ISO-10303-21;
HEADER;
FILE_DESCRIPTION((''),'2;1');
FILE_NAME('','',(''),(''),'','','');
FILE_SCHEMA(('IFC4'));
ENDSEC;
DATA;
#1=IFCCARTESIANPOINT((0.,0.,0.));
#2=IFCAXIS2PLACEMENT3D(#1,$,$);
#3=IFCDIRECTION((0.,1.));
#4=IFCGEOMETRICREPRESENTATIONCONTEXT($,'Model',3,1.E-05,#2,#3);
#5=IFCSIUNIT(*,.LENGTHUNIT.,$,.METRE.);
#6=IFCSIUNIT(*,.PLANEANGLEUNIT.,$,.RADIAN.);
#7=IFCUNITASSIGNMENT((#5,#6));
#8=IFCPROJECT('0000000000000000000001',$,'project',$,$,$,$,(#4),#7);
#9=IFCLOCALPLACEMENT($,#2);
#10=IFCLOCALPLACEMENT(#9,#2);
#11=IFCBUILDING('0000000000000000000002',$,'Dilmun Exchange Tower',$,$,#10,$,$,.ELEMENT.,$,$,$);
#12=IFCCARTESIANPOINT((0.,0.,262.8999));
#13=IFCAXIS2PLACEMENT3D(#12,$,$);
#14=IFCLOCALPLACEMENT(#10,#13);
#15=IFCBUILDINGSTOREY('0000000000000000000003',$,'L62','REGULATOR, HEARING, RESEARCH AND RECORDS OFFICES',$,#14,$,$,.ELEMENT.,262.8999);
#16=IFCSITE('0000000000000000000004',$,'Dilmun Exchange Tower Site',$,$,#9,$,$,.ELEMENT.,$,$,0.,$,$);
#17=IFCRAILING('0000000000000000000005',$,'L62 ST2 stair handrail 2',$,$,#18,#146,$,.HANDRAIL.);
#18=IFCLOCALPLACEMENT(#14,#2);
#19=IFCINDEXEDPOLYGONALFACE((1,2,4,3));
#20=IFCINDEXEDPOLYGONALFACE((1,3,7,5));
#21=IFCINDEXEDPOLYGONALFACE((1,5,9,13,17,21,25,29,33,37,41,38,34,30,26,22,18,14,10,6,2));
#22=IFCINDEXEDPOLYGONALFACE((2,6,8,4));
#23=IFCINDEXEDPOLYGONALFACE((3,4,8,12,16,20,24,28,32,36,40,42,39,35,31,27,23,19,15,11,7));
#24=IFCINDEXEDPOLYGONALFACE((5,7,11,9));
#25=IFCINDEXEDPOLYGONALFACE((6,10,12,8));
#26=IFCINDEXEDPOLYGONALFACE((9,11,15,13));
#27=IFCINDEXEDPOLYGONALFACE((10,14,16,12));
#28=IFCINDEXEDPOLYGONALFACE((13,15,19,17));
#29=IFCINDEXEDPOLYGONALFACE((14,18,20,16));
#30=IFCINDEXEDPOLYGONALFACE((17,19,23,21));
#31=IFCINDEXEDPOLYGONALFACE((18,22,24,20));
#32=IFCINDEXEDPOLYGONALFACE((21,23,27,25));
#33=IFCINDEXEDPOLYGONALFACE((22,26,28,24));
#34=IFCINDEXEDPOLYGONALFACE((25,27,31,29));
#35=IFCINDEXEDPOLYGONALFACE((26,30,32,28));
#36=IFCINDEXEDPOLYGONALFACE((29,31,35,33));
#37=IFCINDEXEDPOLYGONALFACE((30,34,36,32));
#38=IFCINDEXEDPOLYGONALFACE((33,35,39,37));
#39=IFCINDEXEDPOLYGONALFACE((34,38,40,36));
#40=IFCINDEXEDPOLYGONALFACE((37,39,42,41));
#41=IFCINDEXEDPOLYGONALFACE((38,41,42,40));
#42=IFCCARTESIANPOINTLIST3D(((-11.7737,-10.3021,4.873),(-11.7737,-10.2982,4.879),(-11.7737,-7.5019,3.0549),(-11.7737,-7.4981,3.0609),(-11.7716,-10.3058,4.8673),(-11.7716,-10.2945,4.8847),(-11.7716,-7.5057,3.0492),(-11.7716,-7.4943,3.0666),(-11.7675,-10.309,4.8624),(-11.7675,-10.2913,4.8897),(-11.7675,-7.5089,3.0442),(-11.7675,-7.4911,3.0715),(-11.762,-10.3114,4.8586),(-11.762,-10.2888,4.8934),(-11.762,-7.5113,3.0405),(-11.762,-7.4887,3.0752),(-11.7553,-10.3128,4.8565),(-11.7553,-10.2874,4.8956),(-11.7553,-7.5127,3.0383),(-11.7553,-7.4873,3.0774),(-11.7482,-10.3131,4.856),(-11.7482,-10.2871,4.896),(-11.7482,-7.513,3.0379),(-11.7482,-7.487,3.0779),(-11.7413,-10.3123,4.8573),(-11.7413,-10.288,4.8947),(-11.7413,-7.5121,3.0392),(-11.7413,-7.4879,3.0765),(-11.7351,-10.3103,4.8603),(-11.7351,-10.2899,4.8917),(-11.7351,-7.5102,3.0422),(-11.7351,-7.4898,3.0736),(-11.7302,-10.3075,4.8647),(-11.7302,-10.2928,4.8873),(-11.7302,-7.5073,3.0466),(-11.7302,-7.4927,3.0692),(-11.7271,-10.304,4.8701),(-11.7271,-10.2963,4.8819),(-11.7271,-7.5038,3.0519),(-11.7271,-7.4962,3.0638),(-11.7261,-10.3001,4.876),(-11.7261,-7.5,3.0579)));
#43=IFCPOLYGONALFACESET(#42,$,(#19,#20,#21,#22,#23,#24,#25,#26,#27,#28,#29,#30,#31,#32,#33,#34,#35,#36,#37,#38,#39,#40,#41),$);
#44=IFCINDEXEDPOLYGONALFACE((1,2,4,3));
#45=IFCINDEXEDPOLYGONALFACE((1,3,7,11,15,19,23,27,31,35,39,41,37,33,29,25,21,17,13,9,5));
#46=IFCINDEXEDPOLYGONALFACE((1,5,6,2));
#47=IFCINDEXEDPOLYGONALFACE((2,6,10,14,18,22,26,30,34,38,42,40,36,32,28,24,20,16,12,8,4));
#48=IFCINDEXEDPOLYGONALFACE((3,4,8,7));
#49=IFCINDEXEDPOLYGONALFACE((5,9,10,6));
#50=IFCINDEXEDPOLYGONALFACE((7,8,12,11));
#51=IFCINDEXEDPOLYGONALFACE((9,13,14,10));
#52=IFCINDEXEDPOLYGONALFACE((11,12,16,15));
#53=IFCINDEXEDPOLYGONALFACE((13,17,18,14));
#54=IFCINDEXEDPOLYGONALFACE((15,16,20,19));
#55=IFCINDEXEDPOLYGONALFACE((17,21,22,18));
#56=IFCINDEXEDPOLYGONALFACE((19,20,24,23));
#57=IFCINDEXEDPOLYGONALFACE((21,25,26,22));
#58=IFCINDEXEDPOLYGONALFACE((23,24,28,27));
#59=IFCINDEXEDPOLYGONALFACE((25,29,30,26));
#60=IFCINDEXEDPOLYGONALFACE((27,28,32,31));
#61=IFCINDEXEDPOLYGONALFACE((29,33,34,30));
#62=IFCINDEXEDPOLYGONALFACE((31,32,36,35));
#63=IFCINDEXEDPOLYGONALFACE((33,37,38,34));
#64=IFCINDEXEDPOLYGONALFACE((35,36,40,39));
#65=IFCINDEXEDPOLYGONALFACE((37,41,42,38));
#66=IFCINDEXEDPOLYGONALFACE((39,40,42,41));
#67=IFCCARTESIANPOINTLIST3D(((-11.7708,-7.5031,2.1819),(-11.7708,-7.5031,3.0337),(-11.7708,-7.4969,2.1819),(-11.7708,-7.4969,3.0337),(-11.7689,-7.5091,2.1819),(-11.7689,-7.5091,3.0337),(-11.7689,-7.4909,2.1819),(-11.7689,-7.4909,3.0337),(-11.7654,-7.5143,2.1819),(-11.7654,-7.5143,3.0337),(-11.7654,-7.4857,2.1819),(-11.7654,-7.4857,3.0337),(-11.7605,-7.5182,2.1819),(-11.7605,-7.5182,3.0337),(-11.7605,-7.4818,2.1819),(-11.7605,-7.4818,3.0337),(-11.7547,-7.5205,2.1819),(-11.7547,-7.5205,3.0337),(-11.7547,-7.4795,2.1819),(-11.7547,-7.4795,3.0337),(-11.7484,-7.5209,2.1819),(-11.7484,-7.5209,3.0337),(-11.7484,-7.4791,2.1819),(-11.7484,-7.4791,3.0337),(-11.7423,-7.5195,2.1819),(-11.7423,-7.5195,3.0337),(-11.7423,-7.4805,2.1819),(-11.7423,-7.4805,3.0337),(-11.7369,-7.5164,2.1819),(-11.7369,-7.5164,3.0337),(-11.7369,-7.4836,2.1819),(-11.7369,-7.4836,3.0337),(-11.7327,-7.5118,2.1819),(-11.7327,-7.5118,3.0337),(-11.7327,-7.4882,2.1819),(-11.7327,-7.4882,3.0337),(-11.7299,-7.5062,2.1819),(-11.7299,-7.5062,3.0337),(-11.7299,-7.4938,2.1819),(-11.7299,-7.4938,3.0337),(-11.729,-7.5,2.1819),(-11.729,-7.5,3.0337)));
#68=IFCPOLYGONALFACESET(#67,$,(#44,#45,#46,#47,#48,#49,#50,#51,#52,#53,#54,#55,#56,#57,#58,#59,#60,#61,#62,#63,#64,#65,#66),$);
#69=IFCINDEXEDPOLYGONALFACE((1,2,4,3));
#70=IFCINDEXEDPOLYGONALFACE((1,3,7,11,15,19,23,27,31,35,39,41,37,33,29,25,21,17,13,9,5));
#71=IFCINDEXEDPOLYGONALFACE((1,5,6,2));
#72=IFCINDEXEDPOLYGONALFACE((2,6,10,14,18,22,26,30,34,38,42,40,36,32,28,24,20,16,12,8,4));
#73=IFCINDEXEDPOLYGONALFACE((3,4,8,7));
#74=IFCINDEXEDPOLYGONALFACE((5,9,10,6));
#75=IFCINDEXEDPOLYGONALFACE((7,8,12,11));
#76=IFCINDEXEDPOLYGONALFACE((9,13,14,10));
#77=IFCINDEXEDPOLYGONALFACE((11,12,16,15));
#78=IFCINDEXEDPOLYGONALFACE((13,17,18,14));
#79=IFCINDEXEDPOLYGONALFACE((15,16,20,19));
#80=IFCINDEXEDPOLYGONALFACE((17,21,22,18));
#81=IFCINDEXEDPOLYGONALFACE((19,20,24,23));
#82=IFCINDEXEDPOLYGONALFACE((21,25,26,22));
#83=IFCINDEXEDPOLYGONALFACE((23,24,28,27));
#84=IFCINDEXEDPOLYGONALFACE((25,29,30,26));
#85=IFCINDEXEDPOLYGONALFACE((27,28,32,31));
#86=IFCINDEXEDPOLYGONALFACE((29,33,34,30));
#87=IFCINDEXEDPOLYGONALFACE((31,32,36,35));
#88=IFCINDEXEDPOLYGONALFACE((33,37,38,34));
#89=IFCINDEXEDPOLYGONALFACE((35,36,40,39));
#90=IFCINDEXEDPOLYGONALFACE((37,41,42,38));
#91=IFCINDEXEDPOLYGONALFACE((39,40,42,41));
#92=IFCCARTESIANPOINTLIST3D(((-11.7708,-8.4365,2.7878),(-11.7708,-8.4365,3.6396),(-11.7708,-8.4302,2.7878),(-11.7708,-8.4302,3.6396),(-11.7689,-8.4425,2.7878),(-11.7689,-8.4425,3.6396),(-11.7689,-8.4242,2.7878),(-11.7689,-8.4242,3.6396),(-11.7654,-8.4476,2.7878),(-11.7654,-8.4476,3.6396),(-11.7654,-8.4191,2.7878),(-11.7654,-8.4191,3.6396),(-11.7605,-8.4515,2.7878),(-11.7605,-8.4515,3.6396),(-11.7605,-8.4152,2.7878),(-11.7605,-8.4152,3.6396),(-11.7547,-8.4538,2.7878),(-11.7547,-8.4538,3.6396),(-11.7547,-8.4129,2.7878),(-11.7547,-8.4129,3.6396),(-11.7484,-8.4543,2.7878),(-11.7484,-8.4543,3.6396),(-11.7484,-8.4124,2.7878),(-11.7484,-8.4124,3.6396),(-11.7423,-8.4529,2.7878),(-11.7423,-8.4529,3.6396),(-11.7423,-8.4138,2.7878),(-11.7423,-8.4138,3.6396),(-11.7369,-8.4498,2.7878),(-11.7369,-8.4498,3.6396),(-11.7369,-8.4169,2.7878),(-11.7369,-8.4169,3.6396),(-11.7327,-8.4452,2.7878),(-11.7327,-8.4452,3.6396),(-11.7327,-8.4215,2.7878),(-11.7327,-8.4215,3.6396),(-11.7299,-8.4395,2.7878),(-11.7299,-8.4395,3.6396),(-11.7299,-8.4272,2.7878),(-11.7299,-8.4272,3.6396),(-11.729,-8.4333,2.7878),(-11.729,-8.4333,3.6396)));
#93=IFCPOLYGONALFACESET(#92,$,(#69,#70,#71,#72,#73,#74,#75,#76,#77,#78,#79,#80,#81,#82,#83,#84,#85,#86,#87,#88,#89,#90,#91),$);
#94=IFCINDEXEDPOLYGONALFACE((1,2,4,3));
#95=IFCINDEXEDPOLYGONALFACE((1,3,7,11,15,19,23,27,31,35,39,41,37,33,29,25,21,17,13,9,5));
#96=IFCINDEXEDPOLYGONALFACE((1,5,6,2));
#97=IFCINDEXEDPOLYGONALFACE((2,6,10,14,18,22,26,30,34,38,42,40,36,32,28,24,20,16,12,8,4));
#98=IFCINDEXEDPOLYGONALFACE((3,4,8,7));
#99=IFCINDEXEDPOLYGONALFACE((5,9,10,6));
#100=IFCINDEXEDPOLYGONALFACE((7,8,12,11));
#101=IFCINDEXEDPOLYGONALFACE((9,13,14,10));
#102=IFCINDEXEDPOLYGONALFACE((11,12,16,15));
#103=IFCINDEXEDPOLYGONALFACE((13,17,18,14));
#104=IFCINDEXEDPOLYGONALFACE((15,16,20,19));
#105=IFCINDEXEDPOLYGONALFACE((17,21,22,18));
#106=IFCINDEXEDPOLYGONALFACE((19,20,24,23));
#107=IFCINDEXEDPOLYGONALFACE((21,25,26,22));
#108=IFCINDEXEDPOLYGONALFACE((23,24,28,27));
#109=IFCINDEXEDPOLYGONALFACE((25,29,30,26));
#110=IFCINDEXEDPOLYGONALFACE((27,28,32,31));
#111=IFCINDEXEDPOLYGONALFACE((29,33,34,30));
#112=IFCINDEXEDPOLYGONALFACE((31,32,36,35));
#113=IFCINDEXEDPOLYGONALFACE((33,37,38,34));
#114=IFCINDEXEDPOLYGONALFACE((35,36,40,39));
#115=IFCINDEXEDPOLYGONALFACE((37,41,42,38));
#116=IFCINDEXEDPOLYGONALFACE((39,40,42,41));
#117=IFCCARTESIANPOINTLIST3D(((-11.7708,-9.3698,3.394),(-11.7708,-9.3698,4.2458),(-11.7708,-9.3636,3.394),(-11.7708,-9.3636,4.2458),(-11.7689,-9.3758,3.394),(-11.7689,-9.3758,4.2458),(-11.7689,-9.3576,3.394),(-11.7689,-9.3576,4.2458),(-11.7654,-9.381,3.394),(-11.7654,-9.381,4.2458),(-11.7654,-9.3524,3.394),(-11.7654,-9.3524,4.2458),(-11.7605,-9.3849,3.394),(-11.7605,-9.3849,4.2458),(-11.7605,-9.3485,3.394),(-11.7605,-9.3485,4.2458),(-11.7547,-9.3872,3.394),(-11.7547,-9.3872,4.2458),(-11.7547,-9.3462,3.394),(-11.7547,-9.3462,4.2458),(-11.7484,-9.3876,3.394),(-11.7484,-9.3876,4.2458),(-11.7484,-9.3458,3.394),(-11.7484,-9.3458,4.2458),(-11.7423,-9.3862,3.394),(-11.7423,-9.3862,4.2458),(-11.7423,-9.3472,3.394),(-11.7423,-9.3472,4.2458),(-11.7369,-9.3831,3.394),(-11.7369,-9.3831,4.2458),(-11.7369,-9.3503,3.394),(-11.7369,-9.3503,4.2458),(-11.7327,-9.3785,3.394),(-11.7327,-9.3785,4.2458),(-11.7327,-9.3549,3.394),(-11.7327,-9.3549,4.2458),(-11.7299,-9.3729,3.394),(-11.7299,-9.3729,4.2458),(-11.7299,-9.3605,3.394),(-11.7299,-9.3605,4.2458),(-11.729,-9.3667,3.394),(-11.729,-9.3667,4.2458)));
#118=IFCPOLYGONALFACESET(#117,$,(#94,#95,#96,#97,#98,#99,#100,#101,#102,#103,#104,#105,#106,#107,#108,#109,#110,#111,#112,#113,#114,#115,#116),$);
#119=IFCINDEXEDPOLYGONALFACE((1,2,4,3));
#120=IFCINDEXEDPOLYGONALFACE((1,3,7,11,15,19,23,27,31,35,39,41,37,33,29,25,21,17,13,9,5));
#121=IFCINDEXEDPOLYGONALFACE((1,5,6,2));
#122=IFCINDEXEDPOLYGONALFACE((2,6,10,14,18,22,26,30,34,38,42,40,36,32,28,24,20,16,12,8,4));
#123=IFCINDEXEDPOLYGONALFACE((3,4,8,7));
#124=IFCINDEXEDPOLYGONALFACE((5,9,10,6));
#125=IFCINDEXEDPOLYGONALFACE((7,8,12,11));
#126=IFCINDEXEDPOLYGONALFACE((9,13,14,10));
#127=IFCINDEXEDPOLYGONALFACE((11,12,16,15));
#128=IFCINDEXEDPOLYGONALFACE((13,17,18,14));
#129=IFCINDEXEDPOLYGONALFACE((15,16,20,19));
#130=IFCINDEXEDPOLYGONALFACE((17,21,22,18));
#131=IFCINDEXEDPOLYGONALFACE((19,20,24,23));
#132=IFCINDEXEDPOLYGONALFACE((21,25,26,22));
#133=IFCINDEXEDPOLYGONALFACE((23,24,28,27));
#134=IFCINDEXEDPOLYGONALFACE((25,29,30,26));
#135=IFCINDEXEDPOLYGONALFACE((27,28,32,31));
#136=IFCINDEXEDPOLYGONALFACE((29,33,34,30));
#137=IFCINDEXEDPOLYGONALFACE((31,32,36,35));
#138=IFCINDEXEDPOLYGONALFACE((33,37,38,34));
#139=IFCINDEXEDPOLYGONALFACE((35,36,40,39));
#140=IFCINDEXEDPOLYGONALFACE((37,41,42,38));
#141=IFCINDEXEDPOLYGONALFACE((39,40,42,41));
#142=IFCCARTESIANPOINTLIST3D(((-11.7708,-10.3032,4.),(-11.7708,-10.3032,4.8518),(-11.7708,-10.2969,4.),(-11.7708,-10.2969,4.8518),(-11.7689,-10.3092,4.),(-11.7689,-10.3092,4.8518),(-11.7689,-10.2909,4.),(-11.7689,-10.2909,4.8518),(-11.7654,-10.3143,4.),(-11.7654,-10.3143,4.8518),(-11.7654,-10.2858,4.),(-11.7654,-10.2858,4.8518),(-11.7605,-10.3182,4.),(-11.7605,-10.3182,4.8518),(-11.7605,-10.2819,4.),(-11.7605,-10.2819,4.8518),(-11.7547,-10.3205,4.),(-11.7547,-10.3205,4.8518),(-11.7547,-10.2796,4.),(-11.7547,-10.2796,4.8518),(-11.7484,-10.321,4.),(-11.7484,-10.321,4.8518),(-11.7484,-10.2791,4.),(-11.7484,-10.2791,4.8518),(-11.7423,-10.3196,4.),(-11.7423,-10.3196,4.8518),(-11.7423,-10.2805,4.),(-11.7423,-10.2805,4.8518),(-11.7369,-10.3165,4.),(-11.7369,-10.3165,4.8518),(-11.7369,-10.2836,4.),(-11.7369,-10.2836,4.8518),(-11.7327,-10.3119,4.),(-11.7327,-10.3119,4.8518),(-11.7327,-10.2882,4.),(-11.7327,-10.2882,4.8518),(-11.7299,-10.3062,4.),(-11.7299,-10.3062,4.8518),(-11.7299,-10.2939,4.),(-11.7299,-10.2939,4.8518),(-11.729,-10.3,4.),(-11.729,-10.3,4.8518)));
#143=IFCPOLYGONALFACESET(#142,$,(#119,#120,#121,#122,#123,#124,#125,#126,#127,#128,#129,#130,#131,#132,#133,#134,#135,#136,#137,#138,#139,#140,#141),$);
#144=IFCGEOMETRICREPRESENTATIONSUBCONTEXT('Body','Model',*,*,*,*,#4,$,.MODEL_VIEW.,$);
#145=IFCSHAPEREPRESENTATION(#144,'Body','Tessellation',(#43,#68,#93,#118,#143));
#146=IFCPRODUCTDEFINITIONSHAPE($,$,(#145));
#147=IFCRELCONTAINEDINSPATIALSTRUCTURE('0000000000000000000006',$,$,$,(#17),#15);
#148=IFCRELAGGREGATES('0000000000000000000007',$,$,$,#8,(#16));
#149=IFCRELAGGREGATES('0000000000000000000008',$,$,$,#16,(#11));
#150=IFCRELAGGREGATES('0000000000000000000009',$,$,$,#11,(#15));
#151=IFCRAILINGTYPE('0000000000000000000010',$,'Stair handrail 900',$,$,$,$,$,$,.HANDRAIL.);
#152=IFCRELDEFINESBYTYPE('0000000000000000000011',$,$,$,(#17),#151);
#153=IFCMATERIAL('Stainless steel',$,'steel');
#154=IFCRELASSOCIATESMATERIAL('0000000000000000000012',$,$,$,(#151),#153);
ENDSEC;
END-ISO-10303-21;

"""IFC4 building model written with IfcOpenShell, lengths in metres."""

from ifc_helpers import new_model, si_unit, direction, frame, origin, origin_2d, place, context, subcontext, project, spatial, circle, extrude, material, type_object, element, save


model = new_model("IFC4")

# Units and contexts
model_context = context("Model", 3, precision=1e-05, world=origin(), true_north=direction((0.0, 1.0)))
body_context = subcontext(model_context, "Body", "Model", "MODEL_VIEW")
ifc_project = project(units=[si_unit("LENGTHUNIT", "METRE"), si_unit("PLANEANGLEUNIT", "RADIAN")], contexts=[model_context])

# Site, building, storey
site_placement = place(None, origin())
site = spatial("IfcSite", under=ifc_project, at=site_placement, Name="Dilmun Exchange Tower Site", CompositionType="ELEMENT", RefElevation=0.0)
building_placement = place(site_placement, origin())
building = spatial("IfcBuilding", under=site, at=building_placement, Name="Dilmun Exchange Tower", CompositionType="ELEMENT")
storey_placement = place(building_placement, frame((0.0, 0.0, 262.8999)))
storey = spatial("IfcBuildingStorey", under=building, at=storey_placement, Name="L62", Description="REGULATOR, HEARING, RESEARCH AND RECORDS OFFICES", CompositionType="ELEMENT", Elevation=262.8999)

# Railing
ifc_material_1 = material(Name="Stainless steel", Category="steel")
railing_type = type_object("IfcRailingType", Name="Stair handrail 900", PredefinedType="HANDRAIL", material=ifc_material_1)
railing_placement = place(storey_placement, frame((-11.75, -7.5, 2.1819)))
element("IfcRailing", 1, at=railing_placement, inside=storey, type_object=railing_type, Name="L62 ST2 stair handrail 2", PredefinedType="HANDRAIL", context=body_context, shape_type="SweptSolid", body=[
    extrude(circle(Radius=0.0239, at=origin_2d()), frame((0.0, 0.0, 0.876), z_axis=(0.0, -0.838706, 0.544585), x_axis=(1.0, 0.0, 0.0)), (0.0, 0.0, 1.0), 3.3386),
    extrude(circle(Radius=0.021, at=origin_2d()), origin(), (0.0, 0.0, 1.0), 0.8518),
    extrude(circle(Radius=0.021, at=origin_2d()), frame((0.0, -0.9333, 0.606)), (0.0, 0.0, 1.0), 0.8518),
    extrude(circle(Radius=0.021, at=origin_2d()), frame((0.0, -1.8667, 1.2122)), (0.0, 0.0, 1.0), 0.8518),
    extrude(circle(Radius=0.021, at=origin_2d()), frame((0.0, -2.8, 1.8181)), (0.0, 0.0, 1.0), 0.8518),
])

save(model, "model.ifc")
